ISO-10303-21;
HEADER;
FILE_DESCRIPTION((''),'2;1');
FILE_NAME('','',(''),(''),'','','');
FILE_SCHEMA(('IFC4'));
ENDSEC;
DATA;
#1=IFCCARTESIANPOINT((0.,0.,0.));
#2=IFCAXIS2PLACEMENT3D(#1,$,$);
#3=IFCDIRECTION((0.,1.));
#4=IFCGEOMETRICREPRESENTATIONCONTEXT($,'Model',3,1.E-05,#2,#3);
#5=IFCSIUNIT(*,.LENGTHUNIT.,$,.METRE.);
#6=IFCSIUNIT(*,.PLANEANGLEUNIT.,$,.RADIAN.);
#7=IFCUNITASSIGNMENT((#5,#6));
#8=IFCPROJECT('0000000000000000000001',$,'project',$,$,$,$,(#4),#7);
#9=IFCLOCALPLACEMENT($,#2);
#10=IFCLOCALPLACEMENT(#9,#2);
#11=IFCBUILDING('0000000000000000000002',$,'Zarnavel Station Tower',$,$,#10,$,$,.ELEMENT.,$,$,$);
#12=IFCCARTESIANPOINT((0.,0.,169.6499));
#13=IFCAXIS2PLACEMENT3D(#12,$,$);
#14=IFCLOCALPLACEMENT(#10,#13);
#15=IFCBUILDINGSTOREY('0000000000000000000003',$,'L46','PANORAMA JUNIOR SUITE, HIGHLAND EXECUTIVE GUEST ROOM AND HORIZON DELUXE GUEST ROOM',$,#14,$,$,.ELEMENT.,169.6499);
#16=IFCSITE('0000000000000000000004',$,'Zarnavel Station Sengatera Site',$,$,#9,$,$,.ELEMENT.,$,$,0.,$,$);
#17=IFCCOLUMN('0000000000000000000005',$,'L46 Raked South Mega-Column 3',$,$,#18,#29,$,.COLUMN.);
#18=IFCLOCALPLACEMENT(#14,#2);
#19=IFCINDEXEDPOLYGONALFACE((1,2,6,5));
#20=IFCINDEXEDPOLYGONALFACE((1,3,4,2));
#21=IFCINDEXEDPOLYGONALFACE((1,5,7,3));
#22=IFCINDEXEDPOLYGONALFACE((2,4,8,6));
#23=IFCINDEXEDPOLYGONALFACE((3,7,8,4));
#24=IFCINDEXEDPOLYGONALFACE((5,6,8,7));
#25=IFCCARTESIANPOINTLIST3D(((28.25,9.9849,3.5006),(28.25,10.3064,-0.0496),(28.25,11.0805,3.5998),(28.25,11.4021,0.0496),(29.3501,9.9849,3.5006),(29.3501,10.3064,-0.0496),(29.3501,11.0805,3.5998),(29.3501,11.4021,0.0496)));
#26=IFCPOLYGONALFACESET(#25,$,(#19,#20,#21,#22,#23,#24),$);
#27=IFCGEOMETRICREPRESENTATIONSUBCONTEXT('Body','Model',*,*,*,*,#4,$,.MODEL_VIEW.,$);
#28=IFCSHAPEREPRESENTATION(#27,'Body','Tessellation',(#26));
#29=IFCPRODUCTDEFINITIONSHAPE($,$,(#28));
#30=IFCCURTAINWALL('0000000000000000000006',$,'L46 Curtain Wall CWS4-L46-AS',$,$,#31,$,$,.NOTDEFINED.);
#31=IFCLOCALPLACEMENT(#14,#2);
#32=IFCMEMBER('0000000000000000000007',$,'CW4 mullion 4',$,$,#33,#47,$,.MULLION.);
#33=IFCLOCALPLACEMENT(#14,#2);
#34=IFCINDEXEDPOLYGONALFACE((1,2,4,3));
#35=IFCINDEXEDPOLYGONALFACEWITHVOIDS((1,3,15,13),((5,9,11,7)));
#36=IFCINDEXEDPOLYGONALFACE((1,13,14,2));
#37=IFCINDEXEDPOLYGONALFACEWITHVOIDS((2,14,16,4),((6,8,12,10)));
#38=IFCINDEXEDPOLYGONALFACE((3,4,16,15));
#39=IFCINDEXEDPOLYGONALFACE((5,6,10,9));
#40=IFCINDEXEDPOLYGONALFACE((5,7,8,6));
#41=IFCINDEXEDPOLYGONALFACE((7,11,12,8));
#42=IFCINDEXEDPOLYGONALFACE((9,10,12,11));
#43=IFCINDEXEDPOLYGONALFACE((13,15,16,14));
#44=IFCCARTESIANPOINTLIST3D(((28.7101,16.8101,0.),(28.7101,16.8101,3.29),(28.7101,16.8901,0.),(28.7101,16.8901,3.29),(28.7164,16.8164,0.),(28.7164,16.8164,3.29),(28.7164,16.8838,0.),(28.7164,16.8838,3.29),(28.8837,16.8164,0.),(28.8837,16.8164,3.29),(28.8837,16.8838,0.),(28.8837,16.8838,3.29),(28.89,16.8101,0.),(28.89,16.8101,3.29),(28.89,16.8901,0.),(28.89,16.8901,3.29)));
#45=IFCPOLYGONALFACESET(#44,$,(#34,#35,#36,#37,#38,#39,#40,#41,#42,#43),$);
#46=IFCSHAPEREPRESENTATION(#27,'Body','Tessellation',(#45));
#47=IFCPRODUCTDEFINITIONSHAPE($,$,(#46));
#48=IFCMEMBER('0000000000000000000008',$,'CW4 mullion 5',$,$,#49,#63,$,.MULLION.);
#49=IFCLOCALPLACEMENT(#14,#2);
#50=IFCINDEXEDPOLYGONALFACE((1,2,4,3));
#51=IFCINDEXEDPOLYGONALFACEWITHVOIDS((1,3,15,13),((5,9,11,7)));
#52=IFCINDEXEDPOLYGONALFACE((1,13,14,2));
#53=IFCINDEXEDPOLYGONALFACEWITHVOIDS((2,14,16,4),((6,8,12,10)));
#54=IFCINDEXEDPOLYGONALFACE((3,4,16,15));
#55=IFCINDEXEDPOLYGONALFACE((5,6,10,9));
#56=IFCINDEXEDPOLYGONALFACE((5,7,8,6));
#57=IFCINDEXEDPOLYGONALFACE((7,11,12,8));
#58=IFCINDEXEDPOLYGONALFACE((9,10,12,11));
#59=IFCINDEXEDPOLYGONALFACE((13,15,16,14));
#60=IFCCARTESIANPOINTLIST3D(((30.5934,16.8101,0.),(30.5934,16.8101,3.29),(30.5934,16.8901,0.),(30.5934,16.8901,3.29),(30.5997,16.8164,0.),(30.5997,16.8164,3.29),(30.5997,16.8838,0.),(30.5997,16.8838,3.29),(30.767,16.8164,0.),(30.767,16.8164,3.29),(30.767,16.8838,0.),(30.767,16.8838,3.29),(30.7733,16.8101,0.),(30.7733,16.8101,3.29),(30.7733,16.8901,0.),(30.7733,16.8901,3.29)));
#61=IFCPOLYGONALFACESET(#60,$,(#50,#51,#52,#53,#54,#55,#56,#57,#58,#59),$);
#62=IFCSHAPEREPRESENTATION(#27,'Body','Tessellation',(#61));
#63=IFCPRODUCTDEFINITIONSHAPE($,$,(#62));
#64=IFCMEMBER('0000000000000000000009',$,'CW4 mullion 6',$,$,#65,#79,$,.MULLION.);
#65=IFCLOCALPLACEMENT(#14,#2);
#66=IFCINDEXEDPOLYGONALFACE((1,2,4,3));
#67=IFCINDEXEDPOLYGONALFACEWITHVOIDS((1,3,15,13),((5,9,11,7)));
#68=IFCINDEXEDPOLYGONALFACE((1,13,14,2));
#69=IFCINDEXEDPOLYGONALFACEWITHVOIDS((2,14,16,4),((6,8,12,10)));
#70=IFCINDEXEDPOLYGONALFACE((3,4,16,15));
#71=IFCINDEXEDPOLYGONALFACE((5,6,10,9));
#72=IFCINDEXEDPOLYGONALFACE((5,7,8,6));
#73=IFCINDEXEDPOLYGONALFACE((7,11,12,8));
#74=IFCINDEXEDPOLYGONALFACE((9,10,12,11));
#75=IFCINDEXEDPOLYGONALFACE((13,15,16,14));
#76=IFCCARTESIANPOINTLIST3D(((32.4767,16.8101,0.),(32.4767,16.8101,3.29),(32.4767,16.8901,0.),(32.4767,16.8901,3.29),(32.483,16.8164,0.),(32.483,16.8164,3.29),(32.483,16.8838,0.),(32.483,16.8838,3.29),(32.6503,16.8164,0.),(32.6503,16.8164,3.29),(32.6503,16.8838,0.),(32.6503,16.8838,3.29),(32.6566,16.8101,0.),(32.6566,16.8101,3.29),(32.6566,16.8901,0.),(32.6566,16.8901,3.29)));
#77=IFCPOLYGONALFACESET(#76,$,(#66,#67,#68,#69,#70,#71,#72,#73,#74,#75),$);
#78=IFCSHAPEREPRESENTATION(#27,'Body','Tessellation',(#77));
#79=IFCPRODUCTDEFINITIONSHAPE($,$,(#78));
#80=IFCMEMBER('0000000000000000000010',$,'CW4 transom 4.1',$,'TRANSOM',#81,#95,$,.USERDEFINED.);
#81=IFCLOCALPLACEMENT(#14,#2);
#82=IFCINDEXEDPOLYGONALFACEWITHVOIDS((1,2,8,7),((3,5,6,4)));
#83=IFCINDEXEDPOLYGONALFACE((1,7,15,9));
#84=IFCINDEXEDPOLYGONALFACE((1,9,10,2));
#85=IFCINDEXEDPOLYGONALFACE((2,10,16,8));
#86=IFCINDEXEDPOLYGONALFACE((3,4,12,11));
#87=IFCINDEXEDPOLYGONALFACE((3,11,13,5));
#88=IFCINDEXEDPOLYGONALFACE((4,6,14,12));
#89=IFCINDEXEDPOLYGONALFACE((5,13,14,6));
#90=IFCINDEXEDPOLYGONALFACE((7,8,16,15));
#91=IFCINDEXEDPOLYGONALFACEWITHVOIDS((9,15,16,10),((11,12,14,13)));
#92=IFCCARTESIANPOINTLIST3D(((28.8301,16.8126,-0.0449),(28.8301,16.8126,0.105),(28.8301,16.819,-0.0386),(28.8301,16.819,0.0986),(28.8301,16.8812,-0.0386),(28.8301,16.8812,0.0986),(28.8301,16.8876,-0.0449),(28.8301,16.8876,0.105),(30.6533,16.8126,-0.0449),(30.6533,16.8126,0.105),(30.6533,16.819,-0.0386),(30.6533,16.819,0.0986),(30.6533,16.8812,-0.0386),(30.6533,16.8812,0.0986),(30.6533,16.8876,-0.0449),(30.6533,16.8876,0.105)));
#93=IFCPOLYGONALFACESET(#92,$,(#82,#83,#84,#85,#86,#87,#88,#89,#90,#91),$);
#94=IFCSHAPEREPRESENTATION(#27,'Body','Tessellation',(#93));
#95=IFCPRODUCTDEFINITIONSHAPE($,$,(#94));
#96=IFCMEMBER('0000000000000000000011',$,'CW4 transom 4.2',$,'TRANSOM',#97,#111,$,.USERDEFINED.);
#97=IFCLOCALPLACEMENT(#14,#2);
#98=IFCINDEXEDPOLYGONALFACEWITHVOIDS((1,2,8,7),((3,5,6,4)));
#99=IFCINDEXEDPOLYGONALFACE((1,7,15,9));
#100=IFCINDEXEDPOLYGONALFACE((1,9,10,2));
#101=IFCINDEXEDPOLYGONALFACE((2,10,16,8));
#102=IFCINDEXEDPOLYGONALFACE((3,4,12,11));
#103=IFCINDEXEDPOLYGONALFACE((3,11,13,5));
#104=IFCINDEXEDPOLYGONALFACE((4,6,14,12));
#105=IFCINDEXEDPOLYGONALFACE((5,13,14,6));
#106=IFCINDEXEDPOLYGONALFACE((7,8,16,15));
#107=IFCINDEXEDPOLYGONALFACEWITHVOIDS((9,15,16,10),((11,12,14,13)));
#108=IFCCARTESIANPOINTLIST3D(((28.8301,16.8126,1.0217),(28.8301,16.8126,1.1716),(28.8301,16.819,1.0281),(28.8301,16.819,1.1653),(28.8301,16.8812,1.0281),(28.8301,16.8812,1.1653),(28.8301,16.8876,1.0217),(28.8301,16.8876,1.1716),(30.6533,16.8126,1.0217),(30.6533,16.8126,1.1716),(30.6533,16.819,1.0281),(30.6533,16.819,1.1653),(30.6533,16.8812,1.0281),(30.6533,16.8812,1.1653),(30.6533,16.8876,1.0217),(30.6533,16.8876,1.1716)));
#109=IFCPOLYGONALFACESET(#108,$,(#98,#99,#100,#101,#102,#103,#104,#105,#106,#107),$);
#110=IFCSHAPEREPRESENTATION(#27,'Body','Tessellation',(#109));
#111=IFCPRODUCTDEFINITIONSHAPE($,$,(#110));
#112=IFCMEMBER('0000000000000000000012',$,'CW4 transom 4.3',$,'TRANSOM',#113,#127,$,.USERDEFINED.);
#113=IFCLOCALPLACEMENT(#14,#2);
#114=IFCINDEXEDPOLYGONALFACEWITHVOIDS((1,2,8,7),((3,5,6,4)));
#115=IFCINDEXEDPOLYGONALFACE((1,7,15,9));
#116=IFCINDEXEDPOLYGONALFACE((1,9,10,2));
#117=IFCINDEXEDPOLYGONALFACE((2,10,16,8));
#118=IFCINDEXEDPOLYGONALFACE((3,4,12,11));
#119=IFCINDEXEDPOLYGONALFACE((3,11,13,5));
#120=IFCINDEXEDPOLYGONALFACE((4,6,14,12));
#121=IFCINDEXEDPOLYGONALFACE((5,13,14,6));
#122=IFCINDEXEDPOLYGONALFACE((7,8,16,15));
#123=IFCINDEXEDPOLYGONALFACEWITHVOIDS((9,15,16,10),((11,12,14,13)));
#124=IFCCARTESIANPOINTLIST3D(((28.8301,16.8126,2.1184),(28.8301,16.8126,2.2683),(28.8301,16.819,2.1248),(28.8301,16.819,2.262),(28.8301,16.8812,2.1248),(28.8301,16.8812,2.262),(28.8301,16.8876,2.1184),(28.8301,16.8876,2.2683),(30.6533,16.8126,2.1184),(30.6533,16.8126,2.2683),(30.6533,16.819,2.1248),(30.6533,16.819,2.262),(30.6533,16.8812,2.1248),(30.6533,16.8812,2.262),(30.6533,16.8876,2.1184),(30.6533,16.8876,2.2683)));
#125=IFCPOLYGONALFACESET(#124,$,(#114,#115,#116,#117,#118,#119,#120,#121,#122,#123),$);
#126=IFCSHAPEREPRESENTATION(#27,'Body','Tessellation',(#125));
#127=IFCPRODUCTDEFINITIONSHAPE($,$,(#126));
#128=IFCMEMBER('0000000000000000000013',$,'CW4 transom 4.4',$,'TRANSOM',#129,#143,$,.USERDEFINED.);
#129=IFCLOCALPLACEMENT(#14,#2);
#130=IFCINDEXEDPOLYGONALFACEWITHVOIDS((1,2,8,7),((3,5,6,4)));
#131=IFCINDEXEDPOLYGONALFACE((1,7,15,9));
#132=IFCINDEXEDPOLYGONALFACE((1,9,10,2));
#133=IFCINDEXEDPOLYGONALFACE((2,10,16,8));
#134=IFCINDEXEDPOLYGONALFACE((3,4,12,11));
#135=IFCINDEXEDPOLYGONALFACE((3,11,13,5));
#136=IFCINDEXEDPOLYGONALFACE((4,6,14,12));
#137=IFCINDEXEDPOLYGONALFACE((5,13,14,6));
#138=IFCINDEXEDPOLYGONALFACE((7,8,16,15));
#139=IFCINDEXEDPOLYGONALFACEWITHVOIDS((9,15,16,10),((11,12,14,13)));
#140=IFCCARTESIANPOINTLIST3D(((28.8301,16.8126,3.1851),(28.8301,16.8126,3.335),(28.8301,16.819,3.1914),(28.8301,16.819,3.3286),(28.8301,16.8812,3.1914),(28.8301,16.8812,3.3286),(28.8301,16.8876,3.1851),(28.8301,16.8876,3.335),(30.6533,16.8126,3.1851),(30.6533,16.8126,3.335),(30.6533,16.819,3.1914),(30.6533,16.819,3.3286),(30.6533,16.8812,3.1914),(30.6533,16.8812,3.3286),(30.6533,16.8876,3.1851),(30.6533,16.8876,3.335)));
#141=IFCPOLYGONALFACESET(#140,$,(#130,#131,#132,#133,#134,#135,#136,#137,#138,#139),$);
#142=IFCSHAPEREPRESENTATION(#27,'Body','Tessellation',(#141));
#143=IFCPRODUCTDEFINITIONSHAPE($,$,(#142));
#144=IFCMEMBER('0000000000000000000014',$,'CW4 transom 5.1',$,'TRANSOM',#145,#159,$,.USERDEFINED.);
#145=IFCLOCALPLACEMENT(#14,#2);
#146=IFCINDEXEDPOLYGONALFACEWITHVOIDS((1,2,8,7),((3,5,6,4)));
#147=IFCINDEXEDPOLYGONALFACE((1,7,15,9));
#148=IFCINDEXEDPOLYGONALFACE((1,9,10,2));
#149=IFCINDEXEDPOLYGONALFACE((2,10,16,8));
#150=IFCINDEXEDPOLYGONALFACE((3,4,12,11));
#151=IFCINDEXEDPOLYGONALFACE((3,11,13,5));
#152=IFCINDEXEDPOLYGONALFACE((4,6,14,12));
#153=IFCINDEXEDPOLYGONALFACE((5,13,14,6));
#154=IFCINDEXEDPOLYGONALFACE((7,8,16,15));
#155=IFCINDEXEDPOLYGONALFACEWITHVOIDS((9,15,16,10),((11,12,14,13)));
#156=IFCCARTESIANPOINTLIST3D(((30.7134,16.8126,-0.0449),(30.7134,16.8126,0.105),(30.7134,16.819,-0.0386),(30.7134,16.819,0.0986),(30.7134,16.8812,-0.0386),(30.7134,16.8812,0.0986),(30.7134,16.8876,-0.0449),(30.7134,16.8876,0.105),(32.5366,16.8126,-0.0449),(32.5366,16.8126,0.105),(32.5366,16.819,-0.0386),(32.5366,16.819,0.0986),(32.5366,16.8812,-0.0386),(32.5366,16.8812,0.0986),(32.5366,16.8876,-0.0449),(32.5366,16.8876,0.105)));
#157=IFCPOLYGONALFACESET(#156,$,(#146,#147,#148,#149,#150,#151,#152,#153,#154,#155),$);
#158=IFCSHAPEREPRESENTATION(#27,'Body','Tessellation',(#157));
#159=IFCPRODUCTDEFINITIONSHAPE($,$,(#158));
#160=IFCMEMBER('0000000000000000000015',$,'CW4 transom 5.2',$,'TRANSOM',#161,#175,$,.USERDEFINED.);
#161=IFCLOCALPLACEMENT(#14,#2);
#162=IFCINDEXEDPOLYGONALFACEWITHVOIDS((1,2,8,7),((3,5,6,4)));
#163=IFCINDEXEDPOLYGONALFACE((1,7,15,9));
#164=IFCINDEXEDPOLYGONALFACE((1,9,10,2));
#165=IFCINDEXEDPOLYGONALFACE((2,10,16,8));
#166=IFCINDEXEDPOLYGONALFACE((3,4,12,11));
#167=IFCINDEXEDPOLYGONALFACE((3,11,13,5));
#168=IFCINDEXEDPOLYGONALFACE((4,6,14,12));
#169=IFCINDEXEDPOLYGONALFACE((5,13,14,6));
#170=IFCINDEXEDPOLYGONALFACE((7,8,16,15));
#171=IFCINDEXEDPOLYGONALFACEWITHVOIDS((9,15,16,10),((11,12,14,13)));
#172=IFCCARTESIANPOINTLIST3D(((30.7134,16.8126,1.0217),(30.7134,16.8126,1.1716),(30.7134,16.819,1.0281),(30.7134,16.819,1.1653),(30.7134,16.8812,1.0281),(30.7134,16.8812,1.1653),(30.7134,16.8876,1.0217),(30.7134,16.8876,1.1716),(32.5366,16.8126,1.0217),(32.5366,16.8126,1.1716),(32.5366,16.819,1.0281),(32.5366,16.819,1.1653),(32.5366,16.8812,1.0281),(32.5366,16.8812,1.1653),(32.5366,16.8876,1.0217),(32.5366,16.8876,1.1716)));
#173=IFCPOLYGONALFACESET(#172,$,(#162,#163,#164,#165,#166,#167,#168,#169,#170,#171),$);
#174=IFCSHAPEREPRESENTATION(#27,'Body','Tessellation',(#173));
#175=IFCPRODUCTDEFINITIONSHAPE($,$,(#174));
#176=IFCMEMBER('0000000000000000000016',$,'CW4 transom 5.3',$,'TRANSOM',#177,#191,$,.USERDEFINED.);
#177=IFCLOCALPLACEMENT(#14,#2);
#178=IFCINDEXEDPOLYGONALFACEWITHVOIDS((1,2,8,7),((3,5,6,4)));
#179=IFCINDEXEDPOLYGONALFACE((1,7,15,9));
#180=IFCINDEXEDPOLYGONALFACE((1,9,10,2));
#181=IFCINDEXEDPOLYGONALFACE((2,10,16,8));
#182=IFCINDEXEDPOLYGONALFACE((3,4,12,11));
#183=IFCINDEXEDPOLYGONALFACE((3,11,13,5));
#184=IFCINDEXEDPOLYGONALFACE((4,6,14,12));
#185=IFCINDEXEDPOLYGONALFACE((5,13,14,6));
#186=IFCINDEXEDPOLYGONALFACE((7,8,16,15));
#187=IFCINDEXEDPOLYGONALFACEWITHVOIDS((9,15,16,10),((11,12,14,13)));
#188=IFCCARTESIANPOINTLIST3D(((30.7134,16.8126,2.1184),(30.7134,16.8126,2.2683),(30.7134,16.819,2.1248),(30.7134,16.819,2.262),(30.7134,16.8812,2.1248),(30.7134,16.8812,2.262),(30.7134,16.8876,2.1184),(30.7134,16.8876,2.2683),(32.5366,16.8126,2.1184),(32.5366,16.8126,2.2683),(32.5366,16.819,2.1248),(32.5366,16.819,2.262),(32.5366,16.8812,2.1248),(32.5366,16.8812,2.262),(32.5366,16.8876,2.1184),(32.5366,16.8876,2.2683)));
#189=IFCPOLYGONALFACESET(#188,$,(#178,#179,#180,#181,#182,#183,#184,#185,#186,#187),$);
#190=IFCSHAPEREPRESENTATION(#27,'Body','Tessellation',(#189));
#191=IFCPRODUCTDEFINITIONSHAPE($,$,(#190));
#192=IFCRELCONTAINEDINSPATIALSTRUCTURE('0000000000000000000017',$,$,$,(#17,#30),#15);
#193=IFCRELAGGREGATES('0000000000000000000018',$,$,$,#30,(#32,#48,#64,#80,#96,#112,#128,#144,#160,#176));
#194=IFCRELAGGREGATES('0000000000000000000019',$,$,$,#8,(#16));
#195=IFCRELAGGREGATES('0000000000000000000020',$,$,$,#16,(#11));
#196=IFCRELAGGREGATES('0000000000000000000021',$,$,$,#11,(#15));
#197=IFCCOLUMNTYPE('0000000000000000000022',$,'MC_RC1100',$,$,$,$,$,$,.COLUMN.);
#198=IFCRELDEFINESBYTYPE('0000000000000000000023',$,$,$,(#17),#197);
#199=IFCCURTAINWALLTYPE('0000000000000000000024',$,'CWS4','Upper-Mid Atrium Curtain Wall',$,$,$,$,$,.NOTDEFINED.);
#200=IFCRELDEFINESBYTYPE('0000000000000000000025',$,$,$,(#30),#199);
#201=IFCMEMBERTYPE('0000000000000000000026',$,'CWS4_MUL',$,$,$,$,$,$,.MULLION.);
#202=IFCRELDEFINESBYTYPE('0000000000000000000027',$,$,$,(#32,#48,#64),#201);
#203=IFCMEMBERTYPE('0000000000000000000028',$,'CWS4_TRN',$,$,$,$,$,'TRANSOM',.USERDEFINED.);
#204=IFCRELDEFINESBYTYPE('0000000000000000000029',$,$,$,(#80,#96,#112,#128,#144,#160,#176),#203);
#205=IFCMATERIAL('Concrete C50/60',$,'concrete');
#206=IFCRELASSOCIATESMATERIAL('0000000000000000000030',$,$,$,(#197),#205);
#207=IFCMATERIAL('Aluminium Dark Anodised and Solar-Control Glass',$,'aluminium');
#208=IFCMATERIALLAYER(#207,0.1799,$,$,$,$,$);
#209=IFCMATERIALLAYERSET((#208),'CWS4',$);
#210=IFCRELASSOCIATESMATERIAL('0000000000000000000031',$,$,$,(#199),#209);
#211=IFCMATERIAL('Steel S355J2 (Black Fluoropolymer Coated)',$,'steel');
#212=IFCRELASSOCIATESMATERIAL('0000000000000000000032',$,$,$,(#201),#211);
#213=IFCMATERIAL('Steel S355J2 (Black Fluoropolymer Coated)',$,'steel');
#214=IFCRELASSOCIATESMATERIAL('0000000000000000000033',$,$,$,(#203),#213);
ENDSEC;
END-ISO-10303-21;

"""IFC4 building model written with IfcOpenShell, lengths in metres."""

from ifc_helpers import new_model, si_unit, direction, frame, origin, origin_2d, place, context, subcontext, project, spatial, rectangle, hollow_rectangle, extrude, material, layer, layer_set, material_profile, profile_set, type_object, element, aggregate, save


model = new_model("IFC4")

# Units and contexts
model_context = context("Model", 3, precision=1e-05, world=origin(), true_north=direction((0.0, 1.0)))
body_context = subcontext(model_context, "Body", "Model", "MODEL_VIEW")
ifc_project = project(units=[si_unit("LENGTHUNIT", "METRE"), si_unit("PLANEANGLEUNIT", "RADIAN")], contexts=[model_context])

# Site, building, storey
site_placement = place(None, origin())
site = spatial("IfcSite", under=ifc_project, at=site_placement, Name="Zarnavel Station Sengatera Site", CompositionType="ELEMENT", RefElevation=0.0)
building_placement = place(site_placement, origin())
building = spatial("IfcBuilding", under=site, at=building_placement, Name="Zarnavel Station Tower", CompositionType="ELEMENT")
storey_placement = place(building_placement, frame((0.0, 0.0, 169.6499)))
storey = spatial("IfcBuildingStorey", under=building, at=storey_placement, Name="L46", Description="PANORAMA JUNIOR SUITE, HIGHLAND EXECUTIVE GUEST ROOM AND HORIZON DELUXE GUEST ROOM", CompositionType="ELEMENT", Elevation=169.6499)

# Column
ifc_material_1 = material(Name="Concrete C50/60", Category="concrete")
ifc_material_profile_1 = material_profile(ifc_material_1, rectangle(XDim=1.1001, YDim=1.1001, at=origin_2d()), Name="RC1100x1100")
ifc_profile_set_1 = profile_set([ifc_material_profile_1], Name="Concrete C50/60")
column_type = type_object("IfcColumnType", Name="MC_RC1100", PredefinedType="COLUMN", material=ifc_profile_set_1)
column_placement = place(storey_placement, frame((28.8, 10.8542, 0.0), z_axis=(0.0, -0.090202, 0.995923), x_axis=(1.0, 0.0, 0.0)))
element("IfcColumn", 1, at=column_placement, inside=storey, type_object=column_type, Name="L46 Raked South Mega-Column 3", PredefinedType="COLUMN", context=body_context, shape_type="SweptSolid", body=[
    extrude(rectangle(XDim=1.1001, YDim=1.1001, at=origin_2d()), origin(), (0.0, 0.0, 1.0), 3.5647),
])

# Curtain wall, members
ifc_material_2 = material(Name="Aluminium Dark Anodised and Solar-Control Glass", Category="aluminium")
ifc_layer_1 = layer(ifc_material_2, 0.1799)
ifc_layer_set_1 = layer_set([ifc_layer_1], Name="CWS4")
curtain_wall_type_1 = type_object("IfcCurtainWallType", Name="CWS4", Description="Upper-Mid Atrium Curtain Wall", PredefinedType="NOTDEFINED", material=ifc_layer_set_1)
curtain_wall_1_placement = place(storey_placement, origin())
curtain_wall_1 = element("IfcCurtainWall", 2, at=curtain_wall_1_placement, inside=storey, type_object=curtain_wall_type_1, Name="L46 Curtain Wall CWS4-L46-AS", PredefinedType="NOTDEFINED")
ifc_material_3 = material(Name="Steel S355J2 (Black Fluoropolymer Coated)", Category="steel")
ifc_material_profile_2 = material_profile(ifc_material_3, hollow_rectangle(XDim=0.0801, YDim=0.1799, WallThickness=0.0063, at=origin_2d()), Name="RHS180x80x6.3")
ifc_profile_set_2 = profile_set([ifc_material_profile_2], Name="Steel S355J2 (Black Fluoropolymer Coated)")
member_type_1 = type_object("IfcMemberType", Name="CWS4_MUL", PredefinedType="MULLION", material=ifc_profile_set_2)
member_1_placement = place(storey_placement, frame((28.8, 16.8501, 0.0), z_axis=(0.0, 0.0, 1.0), x_axis=(0.0, 1.0, 0.0)))
member_1 = element("IfcMember", 3, at=member_1_placement, type_object=member_type_1, Name="CW4 mullion 4", PredefinedType="MULLION", context=body_context, shape_type="SweptSolid", body=[
    extrude(hollow_rectangle(XDim=0.0801, YDim=0.1799, WallThickness=0.0063, at=origin_2d()), origin(), (0.0, 0.0, 1.0), 3.29),
])
member_2_placement = place(storey_placement, frame((30.6833, 16.8501, 0.0), z_axis=(0.0, 0.0, 1.0), x_axis=(0.0, 1.0, 0.0)))
member_2 = element("IfcMember", 4, at=member_2_placement, type_object=member_type_1, Name="CW4 mullion 5", PredefinedType="MULLION", context=body_context, shape_type="SweptSolid", body=[
    extrude(hollow_rectangle(XDim=0.0801, YDim=0.1799, WallThickness=0.0063, at=origin_2d()), origin(), (0.0, 0.0, 1.0), 3.29),
])
member_3_placement = place(storey_placement, frame((32.5667, 16.8501, 0.0), z_axis=(0.0, 0.0, 1.0), x_axis=(0.0, 1.0, 0.0)))
member_3 = element("IfcMember", 5, at=member_3_placement, type_object=member_type_1, Name="CW4 mullion 6", PredefinedType="MULLION", context=body_context, shape_type="SweptSolid", body=[
    extrude(hollow_rectangle(XDim=0.0801, YDim=0.1799, WallThickness=0.0063, at=origin_2d()), origin(), (0.0, 0.0, 1.0), 3.29),
])
ifc_material_4 = material(Name="Steel S355J2 (Black Fluoropolymer Coated)", Category="steel")
ifc_material_profile_3 = material_profile(ifc_material_4, hollow_rectangle(XDim=0.075, YDim=0.1499, WallThickness=0.0063, at=origin_2d()), Name="RHS150x75x6.3")
ifc_profile_set_3 = profile_set([ifc_material_profile_3], Name="Steel S355J2 (Black Fluoropolymer Coated)")
member_type_2 = type_object("IfcMemberType", Name="CWS4_TRN", ElementType="TRANSOM", PredefinedType="USERDEFINED", material=ifc_profile_set_3)
member_4_placement = place(storey_placement, frame((28.8301, 16.8501, 0.03), z_axis=(1.0, 0.0, 0.0), x_axis=(0.0, 1.0, 0.0)))
member_4 = element("IfcMember", 6, at=member_4_placement, type_object=member_type_2, Name="CW4 transom 4.1", ObjectType="TRANSOM", PredefinedType="USERDEFINED", context=body_context, shape_type="SweptSolid", body=[
    extrude(hollow_rectangle(XDim=0.075, YDim=0.1499, WallThickness=0.0063, at=origin_2d()), origin(), (0.0, 0.0, 1.0), 1.8232),
])
member_5_placement = place(storey_placement, frame((28.8301, 16.8501, 1.0967), z_axis=(1.0, 0.0, 0.0), x_axis=(0.0, 1.0, 0.0)))
member_5 = element("IfcMember", 7, at=member_5_placement, type_object=member_type_2, Name="CW4 transom 4.2", ObjectType="TRANSOM", PredefinedType="USERDEFINED", context=body_context, shape_type="SweptSolid", body=[
    extrude(hollow_rectangle(XDim=0.075, YDim=0.1499, WallThickness=0.0063, at=origin_2d()), origin(), (0.0, 0.0, 1.0), 1.8232),
])
member_6_placement = place(storey_placement, frame((28.8301, 16.8501, 2.1934), z_axis=(1.0, 0.0, 0.0), x_axis=(0.0, 1.0, 0.0)))
member_6 = element("IfcMember", 8, at=member_6_placement, type_object=member_type_2, Name="CW4 transom 4.3", ObjectType="TRANSOM", PredefinedType="USERDEFINED", context=body_context, shape_type="SweptSolid", body=[
    extrude(hollow_rectangle(XDim=0.075, YDim=0.1499, WallThickness=0.0063, at=origin_2d()), origin(), (0.0, 0.0, 1.0), 1.8232),
])
member_7_placement = place(storey_placement, frame((28.8301, 16.8501, 3.26), z_axis=(1.0, 0.0, 0.0), x_axis=(0.0, 1.0, 0.0)))
member_7 = element("IfcMember", 9, at=member_7_placement, type_object=member_type_2, Name="CW4 transom 4.4", ObjectType="TRANSOM", PredefinedType="USERDEFINED", context=body_context, shape_type="SweptSolid", body=[
    extrude(hollow_rectangle(XDim=0.075, YDim=0.1499, WallThickness=0.0063, at=origin_2d()), origin(), (0.0, 0.0, 1.0), 1.8232),
])
member_8_placement = place(storey_placement, frame((30.7134, 16.8501, 0.03), z_axis=(1.0, 0.0, 0.0), x_axis=(0.0, 1.0, 0.0)))
member_8 = element("IfcMember", 10, at=member_8_placement, type_object=member_type_2, Name="CW4 transom 5.1", ObjectType="TRANSOM", PredefinedType="USERDEFINED", context=body_context, shape_type="SweptSolid", body=[
    extrude(hollow_rectangle(XDim=0.075, YDim=0.1499, WallThickness=0.0063, at=origin_2d()), origin(), (0.0, 0.0, 1.0), 1.8232),
])
member_9_placement = place(storey_placement, frame((30.7134, 16.8501, 1.0967), z_axis=(1.0, 0.0, 0.0), x_axis=(0.0, 1.0, 0.0)))
member_9 = element("IfcMember", 11, at=member_9_placement, type_object=member_type_2, Name="CW4 transom 5.2", ObjectType="TRANSOM", PredefinedType="USERDEFINED", context=body_context, shape_type="SweptSolid", body=[
    extrude(hollow_rectangle(XDim=0.075, YDim=0.1499, WallThickness=0.0063, at=origin_2d()), origin(), (0.0, 0.0, 1.0), 1.8232),
])
member_10_placement = place(storey_placement, frame((30.7134, 16.8501, 2.1934), z_axis=(1.0, 0.0, 0.0), x_axis=(0.0, 1.0, 0.0)))
member_10 = element("IfcMember", 12, at=member_10_placement, type_object=member_type_2, Name="CW4 transom 5.3", ObjectType="TRANSOM", PredefinedType="USERDEFINED", context=body_context, shape_type="SweptSolid", body=[
    extrude(hollow_rectangle(XDim=0.075, YDim=0.1499, WallThickness=0.0063, at=origin_2d()), origin(), (0.0, 0.0, 1.0), 1.8232),
])

aggregate(curtain_wall_1, [member_1, member_2, member_3, member_4, member_5, member_6, member_7, member_8, member_9, member_10])

save(model, "model.ifc")
